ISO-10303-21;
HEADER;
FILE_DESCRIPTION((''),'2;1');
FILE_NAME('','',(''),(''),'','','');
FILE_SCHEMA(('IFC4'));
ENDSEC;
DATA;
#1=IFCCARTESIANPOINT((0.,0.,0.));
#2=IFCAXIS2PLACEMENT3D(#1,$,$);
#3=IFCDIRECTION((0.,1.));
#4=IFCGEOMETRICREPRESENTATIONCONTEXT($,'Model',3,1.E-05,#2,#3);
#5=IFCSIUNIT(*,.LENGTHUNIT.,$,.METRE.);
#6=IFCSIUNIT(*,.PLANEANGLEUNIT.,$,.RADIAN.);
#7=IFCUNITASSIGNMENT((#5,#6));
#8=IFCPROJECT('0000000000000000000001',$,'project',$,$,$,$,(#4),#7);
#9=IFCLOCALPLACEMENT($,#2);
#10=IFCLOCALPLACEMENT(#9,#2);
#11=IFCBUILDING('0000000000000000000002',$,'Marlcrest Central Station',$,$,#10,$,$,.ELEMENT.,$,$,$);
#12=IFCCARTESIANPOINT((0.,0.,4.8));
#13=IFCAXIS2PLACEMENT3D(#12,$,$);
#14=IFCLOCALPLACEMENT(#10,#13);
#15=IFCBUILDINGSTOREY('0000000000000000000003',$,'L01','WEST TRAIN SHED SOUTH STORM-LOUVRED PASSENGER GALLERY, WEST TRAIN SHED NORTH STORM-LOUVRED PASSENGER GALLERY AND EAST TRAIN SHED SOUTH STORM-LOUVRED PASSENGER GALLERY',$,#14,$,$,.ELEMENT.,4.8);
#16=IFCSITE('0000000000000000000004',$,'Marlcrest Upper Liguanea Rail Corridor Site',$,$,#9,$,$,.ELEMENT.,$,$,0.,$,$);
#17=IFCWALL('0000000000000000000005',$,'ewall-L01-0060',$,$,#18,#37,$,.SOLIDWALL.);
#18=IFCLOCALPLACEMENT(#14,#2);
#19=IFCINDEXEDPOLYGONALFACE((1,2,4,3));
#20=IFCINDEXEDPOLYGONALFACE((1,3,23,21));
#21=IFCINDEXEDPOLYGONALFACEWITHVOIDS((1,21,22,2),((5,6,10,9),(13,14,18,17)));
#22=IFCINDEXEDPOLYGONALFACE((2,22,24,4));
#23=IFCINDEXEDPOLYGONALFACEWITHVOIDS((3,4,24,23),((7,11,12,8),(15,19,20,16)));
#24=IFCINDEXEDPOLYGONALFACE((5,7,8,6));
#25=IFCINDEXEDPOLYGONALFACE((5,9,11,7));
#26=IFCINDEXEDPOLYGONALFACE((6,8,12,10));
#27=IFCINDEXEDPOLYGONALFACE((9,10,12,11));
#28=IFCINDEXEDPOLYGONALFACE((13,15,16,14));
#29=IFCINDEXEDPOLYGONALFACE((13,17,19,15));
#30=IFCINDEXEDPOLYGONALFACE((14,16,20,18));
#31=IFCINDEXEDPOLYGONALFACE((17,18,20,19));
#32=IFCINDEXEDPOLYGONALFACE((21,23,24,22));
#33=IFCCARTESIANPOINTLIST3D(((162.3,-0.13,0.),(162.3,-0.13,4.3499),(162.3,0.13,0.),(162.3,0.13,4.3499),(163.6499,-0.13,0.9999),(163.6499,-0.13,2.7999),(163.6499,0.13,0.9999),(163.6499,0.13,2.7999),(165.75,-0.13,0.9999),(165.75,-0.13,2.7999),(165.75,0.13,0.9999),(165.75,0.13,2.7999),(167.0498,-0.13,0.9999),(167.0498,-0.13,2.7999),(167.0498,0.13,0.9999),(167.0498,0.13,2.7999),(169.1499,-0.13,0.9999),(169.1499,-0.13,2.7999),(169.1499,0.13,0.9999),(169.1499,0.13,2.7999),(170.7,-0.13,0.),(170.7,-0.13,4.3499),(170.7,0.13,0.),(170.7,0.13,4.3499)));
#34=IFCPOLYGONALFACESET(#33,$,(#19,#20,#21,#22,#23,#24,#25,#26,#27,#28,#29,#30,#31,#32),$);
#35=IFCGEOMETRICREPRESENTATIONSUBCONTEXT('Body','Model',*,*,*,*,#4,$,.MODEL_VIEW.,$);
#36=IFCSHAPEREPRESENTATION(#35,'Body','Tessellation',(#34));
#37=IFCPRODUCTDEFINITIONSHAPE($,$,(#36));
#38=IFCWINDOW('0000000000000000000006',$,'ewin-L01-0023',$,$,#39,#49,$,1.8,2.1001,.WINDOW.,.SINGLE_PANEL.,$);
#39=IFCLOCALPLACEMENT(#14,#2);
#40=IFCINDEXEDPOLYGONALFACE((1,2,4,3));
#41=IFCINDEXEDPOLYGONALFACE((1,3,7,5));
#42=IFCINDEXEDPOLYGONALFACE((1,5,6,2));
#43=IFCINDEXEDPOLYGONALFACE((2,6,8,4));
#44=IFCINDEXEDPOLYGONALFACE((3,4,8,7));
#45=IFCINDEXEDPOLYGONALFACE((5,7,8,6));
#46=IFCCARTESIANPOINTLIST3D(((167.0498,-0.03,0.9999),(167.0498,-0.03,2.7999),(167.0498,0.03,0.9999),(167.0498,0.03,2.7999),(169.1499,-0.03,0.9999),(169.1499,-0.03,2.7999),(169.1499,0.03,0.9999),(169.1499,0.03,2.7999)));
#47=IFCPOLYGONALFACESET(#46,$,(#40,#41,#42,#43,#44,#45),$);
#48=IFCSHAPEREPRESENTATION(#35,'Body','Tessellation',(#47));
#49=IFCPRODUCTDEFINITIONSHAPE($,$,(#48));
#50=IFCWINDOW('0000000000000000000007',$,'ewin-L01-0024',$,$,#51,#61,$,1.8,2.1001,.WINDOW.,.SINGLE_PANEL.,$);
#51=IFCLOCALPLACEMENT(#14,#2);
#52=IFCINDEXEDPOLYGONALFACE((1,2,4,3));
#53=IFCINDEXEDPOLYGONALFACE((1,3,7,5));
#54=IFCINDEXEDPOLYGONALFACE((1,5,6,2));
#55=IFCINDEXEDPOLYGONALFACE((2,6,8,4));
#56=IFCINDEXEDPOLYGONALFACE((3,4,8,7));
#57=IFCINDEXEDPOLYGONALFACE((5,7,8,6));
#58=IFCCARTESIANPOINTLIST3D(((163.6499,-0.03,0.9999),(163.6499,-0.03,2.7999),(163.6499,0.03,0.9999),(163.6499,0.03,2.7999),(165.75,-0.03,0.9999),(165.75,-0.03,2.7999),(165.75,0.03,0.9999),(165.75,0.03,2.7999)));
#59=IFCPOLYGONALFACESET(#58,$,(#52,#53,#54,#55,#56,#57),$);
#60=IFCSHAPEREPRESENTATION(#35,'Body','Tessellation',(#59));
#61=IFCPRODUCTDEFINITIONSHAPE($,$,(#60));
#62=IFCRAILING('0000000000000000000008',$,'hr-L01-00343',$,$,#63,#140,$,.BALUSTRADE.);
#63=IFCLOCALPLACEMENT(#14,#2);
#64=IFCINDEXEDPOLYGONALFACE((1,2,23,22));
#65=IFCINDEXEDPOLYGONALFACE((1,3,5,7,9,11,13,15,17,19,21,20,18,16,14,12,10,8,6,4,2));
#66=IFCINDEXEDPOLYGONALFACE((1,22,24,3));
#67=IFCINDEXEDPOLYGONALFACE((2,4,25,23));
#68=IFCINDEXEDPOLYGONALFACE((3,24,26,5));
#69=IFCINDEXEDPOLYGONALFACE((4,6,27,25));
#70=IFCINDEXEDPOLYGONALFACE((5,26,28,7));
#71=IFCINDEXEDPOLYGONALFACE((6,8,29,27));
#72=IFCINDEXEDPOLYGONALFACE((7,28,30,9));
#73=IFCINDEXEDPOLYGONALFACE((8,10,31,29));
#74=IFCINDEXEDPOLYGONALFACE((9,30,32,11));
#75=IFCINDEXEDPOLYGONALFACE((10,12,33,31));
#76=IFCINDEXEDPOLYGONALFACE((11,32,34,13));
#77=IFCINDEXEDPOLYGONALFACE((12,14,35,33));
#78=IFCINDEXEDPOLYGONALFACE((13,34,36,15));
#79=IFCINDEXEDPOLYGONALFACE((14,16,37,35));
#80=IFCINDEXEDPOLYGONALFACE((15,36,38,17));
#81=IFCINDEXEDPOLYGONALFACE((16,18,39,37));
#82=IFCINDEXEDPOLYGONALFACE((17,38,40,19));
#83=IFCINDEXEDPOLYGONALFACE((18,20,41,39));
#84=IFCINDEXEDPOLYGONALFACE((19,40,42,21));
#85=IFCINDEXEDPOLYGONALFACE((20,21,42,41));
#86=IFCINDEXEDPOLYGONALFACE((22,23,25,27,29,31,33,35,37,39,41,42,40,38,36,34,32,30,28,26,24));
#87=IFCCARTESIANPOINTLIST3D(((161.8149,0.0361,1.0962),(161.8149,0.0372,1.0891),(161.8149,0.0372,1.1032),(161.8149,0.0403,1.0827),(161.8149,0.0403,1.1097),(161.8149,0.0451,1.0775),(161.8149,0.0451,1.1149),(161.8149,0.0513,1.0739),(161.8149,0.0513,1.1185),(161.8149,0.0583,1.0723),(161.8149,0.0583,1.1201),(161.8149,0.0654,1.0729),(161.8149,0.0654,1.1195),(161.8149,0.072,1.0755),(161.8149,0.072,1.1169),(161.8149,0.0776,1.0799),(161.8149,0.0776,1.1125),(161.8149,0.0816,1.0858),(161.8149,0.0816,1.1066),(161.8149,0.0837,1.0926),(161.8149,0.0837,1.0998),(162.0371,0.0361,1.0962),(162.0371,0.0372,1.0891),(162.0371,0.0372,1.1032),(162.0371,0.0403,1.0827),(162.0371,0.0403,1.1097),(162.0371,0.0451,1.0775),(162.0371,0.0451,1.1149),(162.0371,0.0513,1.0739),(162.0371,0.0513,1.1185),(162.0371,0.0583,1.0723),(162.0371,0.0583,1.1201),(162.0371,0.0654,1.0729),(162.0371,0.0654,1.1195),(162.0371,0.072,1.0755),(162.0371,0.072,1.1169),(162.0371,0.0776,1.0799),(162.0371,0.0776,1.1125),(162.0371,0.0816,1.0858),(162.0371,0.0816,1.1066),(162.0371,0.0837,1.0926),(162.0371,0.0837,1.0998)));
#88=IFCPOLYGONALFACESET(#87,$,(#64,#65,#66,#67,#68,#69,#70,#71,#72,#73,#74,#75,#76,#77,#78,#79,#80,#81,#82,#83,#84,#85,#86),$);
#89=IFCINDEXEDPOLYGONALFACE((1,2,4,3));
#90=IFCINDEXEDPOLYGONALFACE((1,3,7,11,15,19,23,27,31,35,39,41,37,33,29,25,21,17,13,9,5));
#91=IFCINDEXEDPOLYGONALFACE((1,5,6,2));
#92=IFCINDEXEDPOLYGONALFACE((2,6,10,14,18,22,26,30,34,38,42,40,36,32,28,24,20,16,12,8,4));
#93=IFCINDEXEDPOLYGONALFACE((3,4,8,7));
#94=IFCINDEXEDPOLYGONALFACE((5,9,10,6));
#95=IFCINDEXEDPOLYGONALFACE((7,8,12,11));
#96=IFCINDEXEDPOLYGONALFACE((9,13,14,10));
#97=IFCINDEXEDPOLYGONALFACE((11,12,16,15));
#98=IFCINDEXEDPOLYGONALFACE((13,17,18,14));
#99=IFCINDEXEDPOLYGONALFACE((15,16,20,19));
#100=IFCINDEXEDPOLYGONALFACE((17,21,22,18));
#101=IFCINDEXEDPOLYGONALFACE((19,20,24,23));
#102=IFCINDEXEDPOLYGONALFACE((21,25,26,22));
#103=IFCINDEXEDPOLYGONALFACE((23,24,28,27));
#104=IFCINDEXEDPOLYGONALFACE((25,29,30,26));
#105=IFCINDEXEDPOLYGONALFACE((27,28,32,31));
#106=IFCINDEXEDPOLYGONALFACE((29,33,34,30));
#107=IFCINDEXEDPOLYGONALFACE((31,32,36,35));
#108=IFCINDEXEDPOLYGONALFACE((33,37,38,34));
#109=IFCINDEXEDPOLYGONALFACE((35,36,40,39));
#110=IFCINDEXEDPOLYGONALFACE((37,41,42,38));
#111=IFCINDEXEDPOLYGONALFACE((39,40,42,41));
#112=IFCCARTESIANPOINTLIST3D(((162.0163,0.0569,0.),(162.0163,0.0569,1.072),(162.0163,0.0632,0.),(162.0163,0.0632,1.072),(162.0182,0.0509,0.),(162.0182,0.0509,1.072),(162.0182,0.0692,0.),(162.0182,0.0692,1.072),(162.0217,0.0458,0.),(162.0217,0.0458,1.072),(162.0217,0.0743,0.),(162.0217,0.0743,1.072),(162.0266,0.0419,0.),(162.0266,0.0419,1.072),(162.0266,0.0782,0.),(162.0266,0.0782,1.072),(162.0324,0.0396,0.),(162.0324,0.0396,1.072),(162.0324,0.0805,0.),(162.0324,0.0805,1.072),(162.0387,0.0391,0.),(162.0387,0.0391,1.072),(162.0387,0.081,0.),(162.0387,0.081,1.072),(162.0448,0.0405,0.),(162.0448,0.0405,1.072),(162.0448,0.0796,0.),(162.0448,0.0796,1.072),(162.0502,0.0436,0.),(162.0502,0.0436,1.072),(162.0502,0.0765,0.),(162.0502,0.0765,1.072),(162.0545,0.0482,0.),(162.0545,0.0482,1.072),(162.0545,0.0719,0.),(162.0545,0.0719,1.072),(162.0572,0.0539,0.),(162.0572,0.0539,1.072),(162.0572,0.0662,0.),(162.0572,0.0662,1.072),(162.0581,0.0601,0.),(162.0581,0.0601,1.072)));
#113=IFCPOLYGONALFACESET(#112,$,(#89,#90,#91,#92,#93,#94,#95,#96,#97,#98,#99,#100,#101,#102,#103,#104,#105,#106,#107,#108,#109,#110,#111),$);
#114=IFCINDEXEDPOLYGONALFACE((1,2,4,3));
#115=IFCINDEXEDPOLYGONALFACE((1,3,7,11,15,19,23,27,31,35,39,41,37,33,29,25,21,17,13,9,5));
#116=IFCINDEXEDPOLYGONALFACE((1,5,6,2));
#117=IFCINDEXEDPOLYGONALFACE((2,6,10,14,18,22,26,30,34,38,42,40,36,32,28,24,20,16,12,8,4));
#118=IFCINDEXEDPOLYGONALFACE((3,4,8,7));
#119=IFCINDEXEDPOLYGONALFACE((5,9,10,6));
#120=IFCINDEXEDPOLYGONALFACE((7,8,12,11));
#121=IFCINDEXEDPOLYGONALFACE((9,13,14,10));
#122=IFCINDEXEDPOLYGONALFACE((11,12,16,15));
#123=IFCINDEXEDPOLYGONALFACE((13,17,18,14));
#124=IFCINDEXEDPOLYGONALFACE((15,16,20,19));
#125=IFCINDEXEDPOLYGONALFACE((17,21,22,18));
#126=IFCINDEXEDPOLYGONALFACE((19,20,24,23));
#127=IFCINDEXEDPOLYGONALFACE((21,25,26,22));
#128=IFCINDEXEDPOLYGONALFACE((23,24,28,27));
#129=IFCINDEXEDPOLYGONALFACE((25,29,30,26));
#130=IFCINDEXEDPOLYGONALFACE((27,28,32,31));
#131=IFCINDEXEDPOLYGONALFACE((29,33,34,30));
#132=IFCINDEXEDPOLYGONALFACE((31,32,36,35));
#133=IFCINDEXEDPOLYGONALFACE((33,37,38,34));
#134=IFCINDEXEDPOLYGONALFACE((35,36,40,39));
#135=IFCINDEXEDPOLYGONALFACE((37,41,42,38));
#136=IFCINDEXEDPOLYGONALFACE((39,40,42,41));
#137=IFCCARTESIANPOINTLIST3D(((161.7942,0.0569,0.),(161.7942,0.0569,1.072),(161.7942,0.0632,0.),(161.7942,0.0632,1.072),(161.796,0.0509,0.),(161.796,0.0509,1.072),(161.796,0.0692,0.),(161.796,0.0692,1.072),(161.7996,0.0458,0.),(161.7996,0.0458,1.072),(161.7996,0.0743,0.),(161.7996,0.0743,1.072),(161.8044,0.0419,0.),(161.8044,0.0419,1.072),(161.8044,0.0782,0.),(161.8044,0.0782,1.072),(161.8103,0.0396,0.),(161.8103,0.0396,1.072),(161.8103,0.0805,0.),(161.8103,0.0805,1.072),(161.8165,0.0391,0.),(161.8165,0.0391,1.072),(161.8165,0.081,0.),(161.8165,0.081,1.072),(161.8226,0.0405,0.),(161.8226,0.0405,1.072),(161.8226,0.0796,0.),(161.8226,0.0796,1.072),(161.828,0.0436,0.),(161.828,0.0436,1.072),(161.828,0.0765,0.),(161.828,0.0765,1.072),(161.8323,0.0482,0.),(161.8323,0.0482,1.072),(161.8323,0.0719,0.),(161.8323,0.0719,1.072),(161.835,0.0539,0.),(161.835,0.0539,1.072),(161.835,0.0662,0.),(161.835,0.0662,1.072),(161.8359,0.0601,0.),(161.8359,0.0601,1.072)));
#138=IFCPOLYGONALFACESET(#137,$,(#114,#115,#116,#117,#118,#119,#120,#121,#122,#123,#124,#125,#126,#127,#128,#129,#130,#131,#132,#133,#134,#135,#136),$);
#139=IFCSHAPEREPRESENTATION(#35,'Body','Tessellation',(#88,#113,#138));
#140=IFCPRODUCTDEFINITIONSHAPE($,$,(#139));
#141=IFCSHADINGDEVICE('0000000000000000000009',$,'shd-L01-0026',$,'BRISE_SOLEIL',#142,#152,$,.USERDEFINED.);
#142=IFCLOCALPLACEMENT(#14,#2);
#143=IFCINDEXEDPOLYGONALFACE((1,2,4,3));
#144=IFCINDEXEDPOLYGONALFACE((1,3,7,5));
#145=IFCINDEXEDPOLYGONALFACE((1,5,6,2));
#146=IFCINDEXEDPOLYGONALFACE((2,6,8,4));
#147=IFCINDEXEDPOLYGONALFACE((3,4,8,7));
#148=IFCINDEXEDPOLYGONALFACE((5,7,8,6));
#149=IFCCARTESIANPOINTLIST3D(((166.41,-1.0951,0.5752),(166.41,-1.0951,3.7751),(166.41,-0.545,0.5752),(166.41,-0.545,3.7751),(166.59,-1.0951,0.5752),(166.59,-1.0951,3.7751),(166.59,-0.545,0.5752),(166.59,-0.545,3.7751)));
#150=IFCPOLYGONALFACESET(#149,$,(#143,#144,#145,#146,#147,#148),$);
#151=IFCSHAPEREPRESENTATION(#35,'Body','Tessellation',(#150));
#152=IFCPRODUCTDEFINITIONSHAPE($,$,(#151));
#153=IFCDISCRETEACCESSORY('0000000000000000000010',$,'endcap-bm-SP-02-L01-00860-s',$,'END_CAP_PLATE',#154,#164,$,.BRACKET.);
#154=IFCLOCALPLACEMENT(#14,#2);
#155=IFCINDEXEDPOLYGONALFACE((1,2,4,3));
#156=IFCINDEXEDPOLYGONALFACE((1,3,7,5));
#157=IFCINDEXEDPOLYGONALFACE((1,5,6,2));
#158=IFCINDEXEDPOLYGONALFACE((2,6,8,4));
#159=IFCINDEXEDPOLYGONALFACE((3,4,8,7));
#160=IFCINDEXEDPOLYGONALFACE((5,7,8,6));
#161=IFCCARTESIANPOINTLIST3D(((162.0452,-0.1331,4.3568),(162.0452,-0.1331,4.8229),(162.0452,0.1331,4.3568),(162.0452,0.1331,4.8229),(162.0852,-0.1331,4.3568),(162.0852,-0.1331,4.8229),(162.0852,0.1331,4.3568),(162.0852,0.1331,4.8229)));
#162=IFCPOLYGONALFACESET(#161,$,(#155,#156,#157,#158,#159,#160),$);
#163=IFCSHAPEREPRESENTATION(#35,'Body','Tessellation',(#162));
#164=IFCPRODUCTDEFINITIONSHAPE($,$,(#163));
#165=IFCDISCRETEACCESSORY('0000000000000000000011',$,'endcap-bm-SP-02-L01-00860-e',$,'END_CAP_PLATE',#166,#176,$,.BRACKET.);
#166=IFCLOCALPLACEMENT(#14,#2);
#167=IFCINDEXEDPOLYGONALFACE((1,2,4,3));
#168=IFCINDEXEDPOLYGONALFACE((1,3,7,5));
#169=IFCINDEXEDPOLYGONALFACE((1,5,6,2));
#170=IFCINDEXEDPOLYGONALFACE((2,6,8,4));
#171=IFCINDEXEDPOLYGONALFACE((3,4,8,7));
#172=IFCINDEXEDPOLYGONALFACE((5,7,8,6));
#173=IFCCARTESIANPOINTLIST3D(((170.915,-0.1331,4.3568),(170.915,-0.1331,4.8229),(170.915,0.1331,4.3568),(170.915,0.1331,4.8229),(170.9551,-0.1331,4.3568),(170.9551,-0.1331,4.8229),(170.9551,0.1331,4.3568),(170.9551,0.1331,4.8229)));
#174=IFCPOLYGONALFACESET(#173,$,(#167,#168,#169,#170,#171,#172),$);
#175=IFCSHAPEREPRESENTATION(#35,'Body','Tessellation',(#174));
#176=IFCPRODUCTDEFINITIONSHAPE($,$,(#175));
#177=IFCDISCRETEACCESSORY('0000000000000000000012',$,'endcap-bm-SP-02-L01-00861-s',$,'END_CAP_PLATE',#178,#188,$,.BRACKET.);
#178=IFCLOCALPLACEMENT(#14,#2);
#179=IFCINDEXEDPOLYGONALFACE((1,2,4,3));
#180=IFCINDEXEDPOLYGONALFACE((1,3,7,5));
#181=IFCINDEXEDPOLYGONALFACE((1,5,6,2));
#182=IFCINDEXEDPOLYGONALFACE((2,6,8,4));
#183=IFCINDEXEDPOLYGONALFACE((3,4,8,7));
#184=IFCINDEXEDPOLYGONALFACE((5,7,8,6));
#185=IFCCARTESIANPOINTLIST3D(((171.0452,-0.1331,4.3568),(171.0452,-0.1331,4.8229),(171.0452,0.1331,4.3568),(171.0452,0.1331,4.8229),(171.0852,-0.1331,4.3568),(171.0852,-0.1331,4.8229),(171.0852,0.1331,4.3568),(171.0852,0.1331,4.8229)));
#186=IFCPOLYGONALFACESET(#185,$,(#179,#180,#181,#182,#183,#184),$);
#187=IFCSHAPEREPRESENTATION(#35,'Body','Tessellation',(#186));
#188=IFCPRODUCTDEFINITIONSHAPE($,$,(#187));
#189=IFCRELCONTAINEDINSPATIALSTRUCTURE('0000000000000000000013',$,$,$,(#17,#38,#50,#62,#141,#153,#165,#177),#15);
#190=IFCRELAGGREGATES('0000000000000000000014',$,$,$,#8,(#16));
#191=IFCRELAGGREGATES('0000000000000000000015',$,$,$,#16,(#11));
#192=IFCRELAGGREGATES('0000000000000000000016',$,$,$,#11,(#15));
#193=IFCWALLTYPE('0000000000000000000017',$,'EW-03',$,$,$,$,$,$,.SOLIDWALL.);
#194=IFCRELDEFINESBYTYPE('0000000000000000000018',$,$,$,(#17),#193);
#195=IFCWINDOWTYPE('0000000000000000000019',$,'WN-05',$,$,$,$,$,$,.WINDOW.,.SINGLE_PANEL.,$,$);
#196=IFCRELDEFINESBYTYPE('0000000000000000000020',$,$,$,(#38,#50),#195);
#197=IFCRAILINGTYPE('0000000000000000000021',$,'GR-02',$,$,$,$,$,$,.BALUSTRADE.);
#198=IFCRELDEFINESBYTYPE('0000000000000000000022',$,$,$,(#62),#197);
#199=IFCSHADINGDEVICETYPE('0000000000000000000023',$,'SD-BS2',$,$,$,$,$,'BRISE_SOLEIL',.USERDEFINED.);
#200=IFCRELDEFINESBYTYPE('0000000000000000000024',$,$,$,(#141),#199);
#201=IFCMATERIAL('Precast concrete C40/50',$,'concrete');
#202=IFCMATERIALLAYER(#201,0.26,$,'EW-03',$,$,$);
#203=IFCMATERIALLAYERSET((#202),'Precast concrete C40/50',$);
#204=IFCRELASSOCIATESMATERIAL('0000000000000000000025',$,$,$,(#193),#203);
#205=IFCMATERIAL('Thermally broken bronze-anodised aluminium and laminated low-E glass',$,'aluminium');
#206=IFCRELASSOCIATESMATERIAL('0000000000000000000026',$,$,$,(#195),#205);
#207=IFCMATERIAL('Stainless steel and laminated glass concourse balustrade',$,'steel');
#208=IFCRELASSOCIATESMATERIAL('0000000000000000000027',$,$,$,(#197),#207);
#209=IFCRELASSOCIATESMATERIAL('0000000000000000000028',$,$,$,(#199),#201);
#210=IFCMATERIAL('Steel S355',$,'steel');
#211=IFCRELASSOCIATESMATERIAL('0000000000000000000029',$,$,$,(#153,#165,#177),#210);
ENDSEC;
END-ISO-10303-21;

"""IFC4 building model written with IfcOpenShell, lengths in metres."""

from ifc_helpers import new_model, si_unit, direction, frame, frame_2d, origin, origin_2d, place, context, subcontext, project, spatial, rectangle, circle, extrude, material, layer, layer_set, type_object, element, fill, save


model = new_model("IFC4")

# Units and contexts
model_context = context("Model", 3, precision=1e-05, world=origin(), true_north=direction((0.0, 1.0)))
body_context = subcontext(model_context, "Body", "Model", "MODEL_VIEW")
ifc_project = project(units=[si_unit("LENGTHUNIT", "METRE"), si_unit("PLANEANGLEUNIT", "RADIAN")], contexts=[model_context])

# Site, building, storey
site_placement = place(None, origin())
site = spatial("IfcSite", under=ifc_project, at=site_placement, Name="Marlcrest Upper Liguanea Rail Corridor Site", CompositionType="ELEMENT", RefElevation=0.0)
building_placement = place(site_placement, origin())
building = spatial("IfcBuilding", under=site, at=building_placement, Name="Marlcrest Central Station", CompositionType="ELEMENT")
storey_placement = place(building_placement, frame((0.0, 0.0, 4.8)))
storey = spatial("IfcBuildingStorey", under=building, at=storey_placement, Name="L01", Description="WEST TRAIN SHED SOUTH STORM-LOUVRED PASSENGER GALLERY, WEST TRAIN SHED NORTH STORM-LOUVRED PASSENGER GALLERY AND EAST TRAIN SHED SOUTH STORM-LOUVRED PASSENGER GALLERY", CompositionType="ELEMENT", Elevation=4.8)

# Shared definitions
ifc_material_1 = material(Name="Precast concrete C40/50", Category="concrete")

# Shared definitions
ifc_material_2 = material(Name="Steel S355", Category="steel")

# Wall, openings, windows
ifc_layer = layer(ifc_material_1, 0.26, Name="EW-03")
ifc_layer_set = layer_set([ifc_layer], Name="Precast concrete C40/50")
wall_type = type_object("IfcWallType", Name="EW-03", PredefinedType="SOLIDWALL", material=ifc_layer_set)
wall_placement = place(storey_placement, frame((170.7, 0.0, 0.0), z_axis=(0.0, 0.0, 1.0), x_axis=(-1.0, 0.0, 0.0)))
wall = element("IfcWall", 1, at=wall_placement, inside=storey, type_object=wall_type, Name="ewall-L01-0060", PredefinedType="SOLIDWALL", context=body_context, shape_type="SweptSolid", body=[
    extrude(rectangle(XDim=8.3999, YDim=0.26, at=frame_2d((4.2, 0.0))), origin(), (0.0, 0.0, 1.0), 4.3499),
])
opening_1_placement = place(wall_placement, frame((1.55, 0.0, 1.0)))
opening_1 = element("IfcOpeningElement", 2, at=opening_1_placement, cuts=wall, PredefinedType="OPENING", context=body_context, shape_type="SweptSolid", body=[
    extrude(rectangle(XDim=2.1001, YDim=1.8, at=frame_2d((1.05, 0.8999))), frame((0.0, 0.1399, 0.0), z_axis=(0.0, -1.0, 0.0), x_axis=(1.0, 0.0, 0.0)), (0.0, 0.0, 1.0), 0.28),
])
opening_2_placement = place(wall_placement, frame((4.95, 0.0, 1.0)))
opening_2 = element("IfcOpeningElement", 3, at=opening_2_placement, cuts=wall, PredefinedType="OPENING", context=body_context, shape_type="SweptSolid", body=[
    extrude(rectangle(XDim=2.1001, YDim=1.8, at=frame_2d((1.05, 0.8999))), frame((0.0, 0.1399, 0.0), z_axis=(0.0, -1.0, 0.0), x_axis=(1.0, 0.0, 0.0)), (0.0, 0.0, 1.0), 0.28),
])
ifc_material_3 = material(Name="Thermally broken bronze-anodised aluminium and laminated low-E glass", Category="aluminium")
window_type = type_object("IfcWindowType", Name="WN-05", PartitioningType="SINGLE_PANEL", PredefinedType="WINDOW", material=ifc_material_3)
window_1_placement = place(opening_1_placement, origin())
window_1 = element("IfcWindow", 4, at=window_1_placement, inside=storey, type_object=window_type, Name="ewin-L01-0023", OverallHeight=1.8, OverallWidth=2.1001, PartitioningType="SINGLE_PANEL", PredefinedType="WINDOW", context=body_context, shape_type="SweptSolid", body=[
    extrude(rectangle(XDim=2.1001, YDim=1.8, at=frame_2d((1.05, 0.8999))), frame((0.0, 0.03, 0.0), z_axis=(0.0, -1.0, 0.0), x_axis=(1.0, 0.0, 0.0)), (0.0, 0.0, 1.0), 0.0601),
])
fill(opening_1, window_1)
window_2_placement = place(opening_2_placement, origin())
window_2 = element("IfcWindow", 5, at=window_2_placement, inside=storey, type_object=window_type, Name="ewin-L01-0024", OverallHeight=1.8, OverallWidth=2.1001, PartitioningType="SINGLE_PANEL", PredefinedType="WINDOW", context=body_context, shape_type="SweptSolid", body=[
    extrude(rectangle(XDim=2.1001, YDim=1.8, at=frame_2d((1.05, 0.8999))), frame((0.0, 0.03, 0.0), z_axis=(0.0, -1.0, 0.0), x_axis=(1.0, 0.0, 0.0)), (0.0, 0.0, 1.0), 0.0601),
])
fill(opening_2, window_2)

# Railing
ifc_material_4 = material(Name="Stainless steel and laminated glass concourse balustrade", Category="steel")
railing_type = type_object("IfcRailingType", Name="GR-02", PredefinedType="BALUSTRADE", material=ifc_material_4)
railing_placement = place(storey_placement, frame((162.0371, 0.0601, 0.0)))
element("IfcRailing", 6, at=railing_placement, inside=storey, type_object=railing_type, Name="hr-L01-00343", PredefinedType="BALUSTRADE", context=body_context, shape_type="SweptSolid", body=[
    extrude(circle(Radius=0.0239, at=origin_2d()), frame((0.0, 0.0, 1.0962), z_axis=(-1.0, 0.0, 0.0), x_axis=(0.0, -1.0, 0.0)), (0.0, 0.0, 1.0), 0.2222),
    extrude(circle(Radius=0.021, at=origin_2d()), origin(), (0.0, 0.0, 1.0), 1.072),
    extrude(circle(Radius=0.021, at=origin_2d()), frame((-0.2222, 0.0, 0.0)), (0.0, 0.0, 1.0), 1.072),
])

# Shading device
shading_device_type = type_object("IfcShadingDeviceType", Name="SD-BS2", ElementType="BRISE_SOLEIL", PredefinedType="USERDEFINED", material=ifc_material_1)
shading_device_placement = place(storey_placement, frame((166.5, -0.8201, 0.5752), z_axis=(0.0, 0.0, 1.0), x_axis=(1.0, 0.0, 0.0)))
element("IfcShadingDevice", 7, at=shading_device_placement, inside=storey, type_object=shading_device_type, Name="shd-L01-0026", ObjectType="BRISE_SOLEIL", PredefinedType="USERDEFINED", context=body_context, shape_type="SweptSolid", body=[
    extrude(rectangle(XDim=0.1799, YDim=0.55, at=origin_2d()), origin(), (0.0, 0.0, 1.0), 3.2),
])

# Discrete accessories
for number, where, z_axis, x_axis, name in (
    (8, (162.0452, 0.0, 4.5898), (1.0, 0.0, 0.0), (0.0, 1.0, 0.0), "endcap-bm-SP-02-L01-00860-s"),
    (9, (170.915, 0.0, 4.5898), (1.0, 0.0, 0.0), (0.0, 1.0, 0.0), "endcap-bm-SP-02-L01-00860-e"),
    (10, (171.0452, 0.0, 4.5898), (1.0, 0.0, 0.0), (0.0, 1.0, 0.0), "endcap-bm-SP-02-L01-00861-s"),
):
    element("IfcDiscreteAccessory", number, at=place(storey_placement, frame(where, z_axis=z_axis, x_axis=x_axis)), inside=storey, material=ifc_material_2, Name=name, ObjectType="END_CAP_PLATE", PredefinedType="BRACKET", context=body_context, shape_type="SweptSolid", body=[
        extrude(rectangle(XDim=0.2661, YDim=0.4661, at=origin_2d()), origin(), (0.0, 0.0, 1.0), 0.04),
    ])

save(model, "model.ifc")
